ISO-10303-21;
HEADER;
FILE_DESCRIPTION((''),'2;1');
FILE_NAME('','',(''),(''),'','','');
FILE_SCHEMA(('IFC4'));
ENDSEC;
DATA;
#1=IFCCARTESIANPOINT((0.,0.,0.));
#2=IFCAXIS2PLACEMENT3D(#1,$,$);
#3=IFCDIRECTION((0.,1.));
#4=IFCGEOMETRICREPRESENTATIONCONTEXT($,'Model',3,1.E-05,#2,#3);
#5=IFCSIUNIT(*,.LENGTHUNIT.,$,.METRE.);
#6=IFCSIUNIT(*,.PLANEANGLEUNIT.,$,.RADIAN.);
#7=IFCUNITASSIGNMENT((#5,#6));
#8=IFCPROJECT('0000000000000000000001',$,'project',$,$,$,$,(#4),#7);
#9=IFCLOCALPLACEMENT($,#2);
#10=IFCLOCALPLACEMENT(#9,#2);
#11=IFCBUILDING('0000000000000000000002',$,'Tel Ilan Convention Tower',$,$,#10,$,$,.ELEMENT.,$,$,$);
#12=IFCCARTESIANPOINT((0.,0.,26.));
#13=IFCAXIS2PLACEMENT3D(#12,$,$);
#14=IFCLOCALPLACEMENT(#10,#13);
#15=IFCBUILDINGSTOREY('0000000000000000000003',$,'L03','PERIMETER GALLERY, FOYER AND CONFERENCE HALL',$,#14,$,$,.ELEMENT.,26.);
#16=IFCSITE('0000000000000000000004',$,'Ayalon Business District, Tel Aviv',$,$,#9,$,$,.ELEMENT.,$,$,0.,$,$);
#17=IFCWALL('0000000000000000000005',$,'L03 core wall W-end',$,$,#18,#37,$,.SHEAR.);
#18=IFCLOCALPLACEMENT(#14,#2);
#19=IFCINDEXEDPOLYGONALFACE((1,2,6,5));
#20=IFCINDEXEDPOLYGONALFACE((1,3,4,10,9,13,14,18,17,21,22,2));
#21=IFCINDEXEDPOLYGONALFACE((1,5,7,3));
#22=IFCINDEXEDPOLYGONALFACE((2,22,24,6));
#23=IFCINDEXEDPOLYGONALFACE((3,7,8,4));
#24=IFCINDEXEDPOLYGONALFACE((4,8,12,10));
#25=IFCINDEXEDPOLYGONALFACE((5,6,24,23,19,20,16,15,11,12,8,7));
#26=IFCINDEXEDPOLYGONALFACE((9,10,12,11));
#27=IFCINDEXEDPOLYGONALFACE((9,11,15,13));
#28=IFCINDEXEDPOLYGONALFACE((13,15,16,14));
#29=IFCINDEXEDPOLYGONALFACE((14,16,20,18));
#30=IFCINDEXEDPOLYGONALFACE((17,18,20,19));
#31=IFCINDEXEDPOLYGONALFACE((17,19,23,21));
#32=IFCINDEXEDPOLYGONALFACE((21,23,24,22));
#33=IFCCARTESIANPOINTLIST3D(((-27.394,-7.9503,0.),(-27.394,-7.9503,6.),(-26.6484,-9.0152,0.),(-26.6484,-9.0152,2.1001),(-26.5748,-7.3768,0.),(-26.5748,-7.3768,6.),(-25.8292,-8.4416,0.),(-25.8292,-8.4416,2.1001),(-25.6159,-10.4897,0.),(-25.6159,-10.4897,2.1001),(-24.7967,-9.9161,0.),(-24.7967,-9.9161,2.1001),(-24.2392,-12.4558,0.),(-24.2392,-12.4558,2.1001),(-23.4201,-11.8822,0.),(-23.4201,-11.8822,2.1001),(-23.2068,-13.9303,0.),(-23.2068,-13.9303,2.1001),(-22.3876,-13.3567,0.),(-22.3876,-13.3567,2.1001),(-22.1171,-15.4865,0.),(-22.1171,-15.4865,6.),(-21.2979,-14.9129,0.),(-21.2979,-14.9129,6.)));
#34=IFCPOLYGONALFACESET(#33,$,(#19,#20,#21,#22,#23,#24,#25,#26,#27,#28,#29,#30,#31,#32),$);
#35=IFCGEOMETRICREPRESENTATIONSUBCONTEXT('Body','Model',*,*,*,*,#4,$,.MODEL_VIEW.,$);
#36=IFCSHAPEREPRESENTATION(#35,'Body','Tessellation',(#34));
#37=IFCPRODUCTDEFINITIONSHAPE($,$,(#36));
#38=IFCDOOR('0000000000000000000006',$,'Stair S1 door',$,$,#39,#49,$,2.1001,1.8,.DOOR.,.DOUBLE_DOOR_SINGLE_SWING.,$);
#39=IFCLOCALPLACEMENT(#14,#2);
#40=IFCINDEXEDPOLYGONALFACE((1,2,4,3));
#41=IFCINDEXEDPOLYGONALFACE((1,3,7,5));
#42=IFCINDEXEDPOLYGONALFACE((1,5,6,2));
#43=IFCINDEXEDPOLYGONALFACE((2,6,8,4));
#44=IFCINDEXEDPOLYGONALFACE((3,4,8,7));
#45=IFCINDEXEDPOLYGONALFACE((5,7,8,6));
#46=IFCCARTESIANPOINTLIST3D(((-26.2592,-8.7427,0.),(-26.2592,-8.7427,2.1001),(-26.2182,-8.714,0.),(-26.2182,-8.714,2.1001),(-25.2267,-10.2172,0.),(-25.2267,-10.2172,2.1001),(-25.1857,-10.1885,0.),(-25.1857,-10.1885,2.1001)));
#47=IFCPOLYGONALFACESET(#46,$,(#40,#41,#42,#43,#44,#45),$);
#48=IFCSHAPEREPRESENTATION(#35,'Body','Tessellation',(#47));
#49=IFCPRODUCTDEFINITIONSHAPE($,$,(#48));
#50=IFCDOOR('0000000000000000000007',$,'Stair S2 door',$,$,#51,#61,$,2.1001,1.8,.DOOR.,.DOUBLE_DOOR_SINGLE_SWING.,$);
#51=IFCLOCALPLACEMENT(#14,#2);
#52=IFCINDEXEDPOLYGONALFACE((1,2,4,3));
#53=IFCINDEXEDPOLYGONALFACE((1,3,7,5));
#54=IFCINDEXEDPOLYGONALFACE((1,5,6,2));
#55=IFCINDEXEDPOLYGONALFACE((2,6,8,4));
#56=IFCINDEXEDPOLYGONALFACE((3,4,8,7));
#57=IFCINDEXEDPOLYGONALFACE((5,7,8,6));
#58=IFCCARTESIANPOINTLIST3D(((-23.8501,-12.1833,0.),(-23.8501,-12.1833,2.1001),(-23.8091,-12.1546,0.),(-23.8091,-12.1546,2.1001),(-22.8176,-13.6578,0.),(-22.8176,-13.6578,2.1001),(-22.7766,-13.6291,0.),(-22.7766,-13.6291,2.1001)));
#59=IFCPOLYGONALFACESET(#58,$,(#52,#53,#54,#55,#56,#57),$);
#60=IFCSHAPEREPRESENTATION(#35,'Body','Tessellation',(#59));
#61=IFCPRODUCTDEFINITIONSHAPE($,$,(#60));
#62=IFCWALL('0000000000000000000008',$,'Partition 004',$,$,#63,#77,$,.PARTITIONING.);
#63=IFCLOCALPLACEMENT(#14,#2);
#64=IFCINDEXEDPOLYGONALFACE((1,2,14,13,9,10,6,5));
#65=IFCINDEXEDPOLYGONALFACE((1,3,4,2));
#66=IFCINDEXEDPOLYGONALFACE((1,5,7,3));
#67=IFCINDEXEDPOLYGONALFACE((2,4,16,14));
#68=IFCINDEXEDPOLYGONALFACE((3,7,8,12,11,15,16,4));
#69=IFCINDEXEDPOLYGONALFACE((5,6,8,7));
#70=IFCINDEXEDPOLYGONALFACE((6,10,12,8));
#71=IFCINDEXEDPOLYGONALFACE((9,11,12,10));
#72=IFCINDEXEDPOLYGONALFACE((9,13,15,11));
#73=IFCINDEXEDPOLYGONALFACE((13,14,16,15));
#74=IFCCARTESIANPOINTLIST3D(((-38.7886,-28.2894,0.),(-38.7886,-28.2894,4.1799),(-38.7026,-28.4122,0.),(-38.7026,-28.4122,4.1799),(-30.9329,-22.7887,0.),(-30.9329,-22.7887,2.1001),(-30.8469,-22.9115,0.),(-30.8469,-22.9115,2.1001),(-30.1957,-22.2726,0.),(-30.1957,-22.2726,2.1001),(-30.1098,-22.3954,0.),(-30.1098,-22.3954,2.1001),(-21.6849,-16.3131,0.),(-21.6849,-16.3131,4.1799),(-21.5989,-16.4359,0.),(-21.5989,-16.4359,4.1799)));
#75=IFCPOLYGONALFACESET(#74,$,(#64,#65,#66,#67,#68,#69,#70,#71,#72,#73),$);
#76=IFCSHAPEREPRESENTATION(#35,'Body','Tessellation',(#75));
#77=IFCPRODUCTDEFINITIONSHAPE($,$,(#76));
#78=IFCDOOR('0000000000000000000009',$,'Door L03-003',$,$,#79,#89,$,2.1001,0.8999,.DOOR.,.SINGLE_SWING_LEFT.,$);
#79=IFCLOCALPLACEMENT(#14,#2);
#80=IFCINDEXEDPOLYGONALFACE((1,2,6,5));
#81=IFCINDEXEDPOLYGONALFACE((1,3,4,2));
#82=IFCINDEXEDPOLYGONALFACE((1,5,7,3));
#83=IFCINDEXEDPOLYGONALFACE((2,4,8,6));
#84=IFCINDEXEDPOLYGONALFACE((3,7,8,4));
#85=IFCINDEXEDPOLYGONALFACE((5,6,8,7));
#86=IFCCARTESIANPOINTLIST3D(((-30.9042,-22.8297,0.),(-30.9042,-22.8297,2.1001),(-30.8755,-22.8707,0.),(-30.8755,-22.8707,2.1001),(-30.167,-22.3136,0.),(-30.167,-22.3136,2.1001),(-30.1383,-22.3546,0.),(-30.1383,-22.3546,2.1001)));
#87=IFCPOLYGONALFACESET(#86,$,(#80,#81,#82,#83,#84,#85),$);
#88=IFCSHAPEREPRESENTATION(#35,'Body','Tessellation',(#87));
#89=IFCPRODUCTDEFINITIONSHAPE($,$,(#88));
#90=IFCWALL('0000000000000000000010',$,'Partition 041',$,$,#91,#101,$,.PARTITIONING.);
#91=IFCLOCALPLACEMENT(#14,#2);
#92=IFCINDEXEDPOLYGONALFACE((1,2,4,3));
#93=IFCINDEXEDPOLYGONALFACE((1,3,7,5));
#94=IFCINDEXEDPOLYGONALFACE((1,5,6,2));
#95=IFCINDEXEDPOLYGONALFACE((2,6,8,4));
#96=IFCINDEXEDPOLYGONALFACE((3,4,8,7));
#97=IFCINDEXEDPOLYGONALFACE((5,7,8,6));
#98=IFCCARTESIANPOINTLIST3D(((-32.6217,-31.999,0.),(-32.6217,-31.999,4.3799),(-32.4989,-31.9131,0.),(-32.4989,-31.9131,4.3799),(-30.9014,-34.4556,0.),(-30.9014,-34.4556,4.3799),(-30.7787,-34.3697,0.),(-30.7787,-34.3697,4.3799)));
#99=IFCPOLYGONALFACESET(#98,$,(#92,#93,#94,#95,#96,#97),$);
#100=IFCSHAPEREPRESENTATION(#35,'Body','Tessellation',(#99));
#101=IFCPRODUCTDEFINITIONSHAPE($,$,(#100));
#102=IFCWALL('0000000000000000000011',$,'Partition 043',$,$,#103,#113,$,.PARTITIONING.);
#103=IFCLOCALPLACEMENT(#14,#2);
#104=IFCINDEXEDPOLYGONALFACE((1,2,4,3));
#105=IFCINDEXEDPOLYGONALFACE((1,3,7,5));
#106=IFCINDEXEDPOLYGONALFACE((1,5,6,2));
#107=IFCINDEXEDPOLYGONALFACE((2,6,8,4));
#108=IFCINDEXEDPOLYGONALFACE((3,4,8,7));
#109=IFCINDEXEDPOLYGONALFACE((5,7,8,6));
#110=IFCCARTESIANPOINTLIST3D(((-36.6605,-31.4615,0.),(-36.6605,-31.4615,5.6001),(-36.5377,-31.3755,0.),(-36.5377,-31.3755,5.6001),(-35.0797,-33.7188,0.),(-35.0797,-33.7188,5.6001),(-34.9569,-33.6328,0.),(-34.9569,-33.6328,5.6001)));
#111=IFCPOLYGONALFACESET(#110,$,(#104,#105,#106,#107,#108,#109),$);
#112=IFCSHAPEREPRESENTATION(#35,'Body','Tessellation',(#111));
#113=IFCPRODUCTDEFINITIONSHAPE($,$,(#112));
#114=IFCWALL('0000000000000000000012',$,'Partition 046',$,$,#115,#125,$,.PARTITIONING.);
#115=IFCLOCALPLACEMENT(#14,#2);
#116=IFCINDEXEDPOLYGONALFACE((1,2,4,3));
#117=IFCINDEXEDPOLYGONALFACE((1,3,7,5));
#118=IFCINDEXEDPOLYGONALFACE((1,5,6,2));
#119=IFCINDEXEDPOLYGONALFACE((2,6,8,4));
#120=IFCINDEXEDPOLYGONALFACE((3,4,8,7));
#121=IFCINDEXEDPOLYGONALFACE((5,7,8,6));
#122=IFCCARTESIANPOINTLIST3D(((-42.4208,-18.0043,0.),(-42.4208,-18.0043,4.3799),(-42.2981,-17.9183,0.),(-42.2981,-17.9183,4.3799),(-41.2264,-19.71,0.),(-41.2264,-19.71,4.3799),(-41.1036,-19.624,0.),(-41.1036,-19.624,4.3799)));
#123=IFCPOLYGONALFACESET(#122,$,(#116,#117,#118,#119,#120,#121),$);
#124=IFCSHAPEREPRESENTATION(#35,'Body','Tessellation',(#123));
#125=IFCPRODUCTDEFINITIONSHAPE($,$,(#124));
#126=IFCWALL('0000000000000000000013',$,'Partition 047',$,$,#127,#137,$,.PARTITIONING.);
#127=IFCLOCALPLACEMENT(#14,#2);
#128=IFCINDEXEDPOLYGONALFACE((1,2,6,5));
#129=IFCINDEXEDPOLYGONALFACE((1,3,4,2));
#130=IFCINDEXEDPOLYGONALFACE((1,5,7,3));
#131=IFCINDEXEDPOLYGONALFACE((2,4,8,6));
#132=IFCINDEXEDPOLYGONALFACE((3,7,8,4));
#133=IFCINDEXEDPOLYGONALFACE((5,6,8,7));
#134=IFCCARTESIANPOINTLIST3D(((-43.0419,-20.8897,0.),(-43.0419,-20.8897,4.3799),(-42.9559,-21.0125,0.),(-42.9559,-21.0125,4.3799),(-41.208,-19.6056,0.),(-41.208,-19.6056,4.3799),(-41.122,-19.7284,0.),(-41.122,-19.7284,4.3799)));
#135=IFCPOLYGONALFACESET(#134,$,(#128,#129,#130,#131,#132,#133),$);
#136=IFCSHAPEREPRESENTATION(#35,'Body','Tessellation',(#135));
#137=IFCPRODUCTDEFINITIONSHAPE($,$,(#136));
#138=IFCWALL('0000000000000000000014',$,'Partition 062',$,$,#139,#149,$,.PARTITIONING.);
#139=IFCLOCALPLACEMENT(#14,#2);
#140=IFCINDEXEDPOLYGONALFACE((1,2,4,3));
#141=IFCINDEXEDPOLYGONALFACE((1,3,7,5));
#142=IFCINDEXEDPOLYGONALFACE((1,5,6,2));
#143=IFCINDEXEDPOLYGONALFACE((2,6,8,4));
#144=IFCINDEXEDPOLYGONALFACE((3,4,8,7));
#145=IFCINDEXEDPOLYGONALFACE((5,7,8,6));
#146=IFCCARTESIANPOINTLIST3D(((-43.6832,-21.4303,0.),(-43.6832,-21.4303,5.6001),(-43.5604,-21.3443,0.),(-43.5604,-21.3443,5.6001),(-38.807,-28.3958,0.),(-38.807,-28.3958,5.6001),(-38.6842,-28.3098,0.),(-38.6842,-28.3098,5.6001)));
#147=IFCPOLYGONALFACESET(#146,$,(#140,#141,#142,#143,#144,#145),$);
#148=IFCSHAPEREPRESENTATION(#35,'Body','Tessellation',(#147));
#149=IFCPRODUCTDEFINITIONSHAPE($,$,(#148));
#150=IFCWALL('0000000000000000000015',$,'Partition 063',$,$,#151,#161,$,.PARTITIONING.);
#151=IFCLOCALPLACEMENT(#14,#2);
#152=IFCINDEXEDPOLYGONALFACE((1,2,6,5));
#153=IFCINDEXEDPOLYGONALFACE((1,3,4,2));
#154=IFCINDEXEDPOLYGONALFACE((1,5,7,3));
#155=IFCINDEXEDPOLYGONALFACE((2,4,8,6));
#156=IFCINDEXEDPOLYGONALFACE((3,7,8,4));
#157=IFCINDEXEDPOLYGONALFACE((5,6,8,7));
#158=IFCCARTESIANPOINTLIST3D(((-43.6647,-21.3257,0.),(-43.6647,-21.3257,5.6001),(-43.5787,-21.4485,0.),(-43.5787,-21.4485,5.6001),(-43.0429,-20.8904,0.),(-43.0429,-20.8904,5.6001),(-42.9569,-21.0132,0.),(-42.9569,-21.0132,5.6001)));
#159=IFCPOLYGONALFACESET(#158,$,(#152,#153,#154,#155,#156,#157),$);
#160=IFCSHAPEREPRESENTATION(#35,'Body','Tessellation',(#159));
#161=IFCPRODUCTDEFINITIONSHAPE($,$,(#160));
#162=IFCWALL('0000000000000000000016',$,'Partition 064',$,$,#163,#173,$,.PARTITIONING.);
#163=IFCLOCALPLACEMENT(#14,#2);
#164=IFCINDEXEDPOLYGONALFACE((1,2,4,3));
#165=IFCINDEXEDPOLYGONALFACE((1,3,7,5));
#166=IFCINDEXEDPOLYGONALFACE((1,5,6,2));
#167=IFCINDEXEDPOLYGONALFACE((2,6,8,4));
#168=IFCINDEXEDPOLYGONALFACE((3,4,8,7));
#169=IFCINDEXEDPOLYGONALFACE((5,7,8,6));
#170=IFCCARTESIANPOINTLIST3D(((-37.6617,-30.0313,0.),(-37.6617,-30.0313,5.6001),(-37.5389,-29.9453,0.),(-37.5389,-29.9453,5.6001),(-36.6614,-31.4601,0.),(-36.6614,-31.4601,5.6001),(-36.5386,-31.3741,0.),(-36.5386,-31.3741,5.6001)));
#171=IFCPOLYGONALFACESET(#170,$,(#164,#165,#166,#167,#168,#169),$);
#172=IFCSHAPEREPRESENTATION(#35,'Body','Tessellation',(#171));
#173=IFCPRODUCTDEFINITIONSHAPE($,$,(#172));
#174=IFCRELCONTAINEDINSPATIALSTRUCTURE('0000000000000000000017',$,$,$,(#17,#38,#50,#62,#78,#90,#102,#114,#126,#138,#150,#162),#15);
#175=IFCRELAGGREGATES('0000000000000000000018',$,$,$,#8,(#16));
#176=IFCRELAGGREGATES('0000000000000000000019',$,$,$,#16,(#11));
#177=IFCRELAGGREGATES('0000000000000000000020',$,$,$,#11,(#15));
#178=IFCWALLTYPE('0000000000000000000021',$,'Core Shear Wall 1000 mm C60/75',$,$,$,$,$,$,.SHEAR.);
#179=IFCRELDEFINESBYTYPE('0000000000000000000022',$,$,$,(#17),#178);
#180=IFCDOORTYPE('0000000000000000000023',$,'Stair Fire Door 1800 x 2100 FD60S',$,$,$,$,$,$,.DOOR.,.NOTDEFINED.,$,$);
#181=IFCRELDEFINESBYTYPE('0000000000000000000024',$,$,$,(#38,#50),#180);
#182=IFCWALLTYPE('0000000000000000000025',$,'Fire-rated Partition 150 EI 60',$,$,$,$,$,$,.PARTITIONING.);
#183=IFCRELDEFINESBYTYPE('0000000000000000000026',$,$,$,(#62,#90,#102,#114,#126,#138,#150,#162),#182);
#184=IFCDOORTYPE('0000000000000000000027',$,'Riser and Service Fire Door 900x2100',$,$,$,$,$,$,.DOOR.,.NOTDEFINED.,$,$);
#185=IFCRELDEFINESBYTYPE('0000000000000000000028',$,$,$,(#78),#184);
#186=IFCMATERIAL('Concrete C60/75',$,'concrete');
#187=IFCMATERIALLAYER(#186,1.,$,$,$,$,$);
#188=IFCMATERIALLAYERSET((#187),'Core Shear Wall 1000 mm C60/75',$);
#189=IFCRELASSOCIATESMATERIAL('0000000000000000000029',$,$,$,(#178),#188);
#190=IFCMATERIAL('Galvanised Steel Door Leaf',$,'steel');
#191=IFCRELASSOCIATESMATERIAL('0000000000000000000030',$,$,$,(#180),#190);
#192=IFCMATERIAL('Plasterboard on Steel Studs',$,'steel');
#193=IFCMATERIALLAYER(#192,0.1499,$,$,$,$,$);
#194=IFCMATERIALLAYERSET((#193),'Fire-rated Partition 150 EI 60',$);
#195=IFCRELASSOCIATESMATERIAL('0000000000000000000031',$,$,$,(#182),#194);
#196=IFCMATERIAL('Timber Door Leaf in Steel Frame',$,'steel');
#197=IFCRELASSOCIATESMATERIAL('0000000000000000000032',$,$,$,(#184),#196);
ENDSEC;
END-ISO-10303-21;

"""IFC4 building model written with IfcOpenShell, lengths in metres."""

from ifc_helpers import new_model, si_unit, direction, frame, frame_2d, origin, place, context, subcontext, project, spatial, polyline, rectangle, outline, extrude, material, layer, layer_set, type_object, element, fill, save


model = new_model("IFC4")

# Units and contexts
model_context = context("Model", 3, precision=1e-05, world=origin(), true_north=direction((0.0, 1.0)))
body_context = subcontext(model_context, "Body", "Model", "MODEL_VIEW")
ifc_project = project(units=[si_unit("LENGTHUNIT", "METRE"), si_unit("PLANEANGLEUNIT", "RADIAN")], contexts=[model_context])

# Site, building, storey
site_placement = place(None, origin())
site = spatial("IfcSite", under=ifc_project, at=site_placement, Name="Ayalon Business District, Tel Aviv", CompositionType="ELEMENT", RefElevation=0.0)
building_placement = place(site_placement, origin())
building = spatial("IfcBuilding", under=site, at=building_placement, Name="Tel Ilan Convention Tower", CompositionType="ELEMENT")
storey_placement = place(building_placement, frame((0.0, 0.0, 26.0)))
storey = spatial("IfcBuildingStorey", under=building, at=storey_placement, Name="L03", Description="PERIMETER GALLERY, FOYER AND CONFERENCE HALL", CompositionType="ELEMENT", Elevation=26.0)

# Wall, openings, doors
ifc_material_1 = material(Name="Concrete C60/75", Category="concrete")
ifc_layer_1 = layer(ifc_material_1, 1.0)
ifc_layer_set_1 = layer_set([ifc_layer_1], Name="Core Shear Wall 1000 mm C60/75")
wall_type_1 = type_object("IfcWallType", Name="Core Shear Wall 1000 mm C60/75", PredefinedType="SHEAR", material=ifc_layer_set_1)
wall_1_placement = place(storey_placement, frame((-21.7075, -15.1997, 0.0), z_axis=(0.0, 0.0, 1.0), x_axis=(-0.573576, 0.819152, 0.0)))
wall_1 = element("IfcWall", 1, at=wall_1_placement, inside=storey, type_object=wall_type_1, Name="L03 core wall W-end", PredefinedType="SHEAR", context=body_context, shape_type="SweptSolid", body=[
    extrude(outline(polyline([(0.0, 0.5), (0.0, -0.5), (9.2, -0.5), (9.2, 0.5), (0.0, 0.5)])), origin(), (0.0, 0.0, 1.0), 6.0),
])
opening_1_placement = place(wall_1_placement, frame((6.1001, 0.0, 0.0)))
opening_1 = element("IfcOpeningElement", 2, at=opening_1_placement, cuts=wall_1, PredefinedType="OPENING", context=body_context, shape_type="SweptSolid", body=[
    extrude(rectangle(XDim=1.8, YDim=2.1001, at=frame_2d((0.8999, 1.05))), frame((0.0, 0.51, 0.0), z_axis=(0.0, -1.0, 0.0), x_axis=(1.0, 0.0, 0.0)), (0.0, 0.0, 1.0), 1.02),
])
opening_2_placement = place(wall_1_placement, frame((1.8999, 0.0, 0.0)))
opening_2 = element("IfcOpeningElement", 3, at=opening_2_placement, cuts=wall_1, PredefinedType="OPENING", context=body_context, shape_type="SweptSolid", body=[
    extrude(rectangle(XDim=1.8, YDim=2.1001, at=frame_2d((0.8999, 1.05))), frame((0.0, 0.51, 0.0), z_axis=(0.0, -1.0, 0.0), x_axis=(1.0, 0.0, 0.0)), (0.0, 0.0, 1.0), 1.02),
])
ifc_material_2 = material(Name="Galvanised Steel Door Leaf", Category="steel")
door_type_1 = type_object("IfcDoorType", Name="Stair Fire Door 1800 x 2100 FD60S", OperationType="NOTDEFINED", PredefinedType="DOOR", material=ifc_material_2)
door_1_placement = place(opening_1_placement, origin())
door_1 = element("IfcDoor", 4, at=door_1_placement, inside=storey, type_object=door_type_1, Name="Stair S1 door", OperationType="DOUBLE_DOOR_SINGLE_SWING", OverallHeight=2.1001, OverallWidth=1.8, PredefinedType="DOOR", context=body_context, shape_type="SweptSolid", body=[
    extrude(rectangle(XDim=1.8, YDim=2.1001, at=frame_2d((0.8999, 1.05))), frame((0.0, 0.0249, 0.0), z_axis=(0.0, -1.0, 0.0), x_axis=(1.0, 0.0, 0.0)), (0.0, 0.0, 1.0), 0.05),
])
fill(opening_1, door_1)
door_2_placement = place(opening_2_placement, origin())
door_2 = element("IfcDoor", 5, at=door_2_placement, inside=storey, type_object=door_type_1, Name="Stair S2 door", OperationType="DOUBLE_DOOR_SINGLE_SWING", OverallHeight=2.1001, OverallWidth=1.8, PredefinedType="DOOR", context=body_context, shape_type="SweptSolid", body=[
    extrude(rectangle(XDim=1.8, YDim=2.1001, at=frame_2d((0.8999, 1.05))), frame((0.0, 0.0249, 0.0), z_axis=(0.0, -1.0, 0.0), x_axis=(1.0, 0.0, 0.0)), (0.0, 0.0, 1.0), 0.05),
])
fill(opening_2, door_2)

# Wall, opening, door
ifc_material_3 = material(Name="Plasterboard on Steel Studs", Category="steel")
ifc_layer_2 = layer(ifc_material_3, 0.1499)
ifc_layer_set_2 = layer_set([ifc_layer_2], Name="Fire-rated Partition 150 EI 60")
wall_type_2 = type_object("IfcWallType", Name="Fire-rated Partition 150 EI 60", PredefinedType="PARTITIONING", material=ifc_layer_set_2)
wall_2_placement = place(storey_placement, frame((-38.7456, -28.3508, 0.0), z_axis=(0.0, 0.0, 1.0), x_axis=(0.819149, 0.573581, 0.0)))
wall_2 = element("IfcWall", 6, at=wall_2_placement, inside=storey, type_object=wall_type_2, Name="Partition 004", PredefinedType="PARTITIONING", context=body_context, shape_type="SweptSolid", body=[
    extrude(rectangle(XDim=20.8799, YDim=0.1499, at=frame_2d((10.4399, 0.0))), origin(), (0.0, 0.0, 1.0), 4.1799),
])
opening_3_placement = place(wall_2_placement, frame((9.5901, 0.0, 0.0)))
opening_3 = element("IfcOpeningElement", 7, at=opening_3_placement, cuts=wall_2, PredefinedType="OPENING", context=body_context, shape_type="SweptSolid", body=[
    extrude(rectangle(XDim=0.8999, YDim=2.1001, at=frame_2d((0.45, 1.05))), frame((0.0, 0.085, 0.0), z_axis=(0.0, -1.0, 0.0), x_axis=(1.0, 0.0, 0.0)), (0.0, 0.0, 1.0), 0.1699),
])
ifc_material_4 = material(Name="Timber Door Leaf in Steel Frame", Category="steel")
door_type_2 = type_object("IfcDoorType", Name="Riser and Service Fire Door 900x2100", OperationType="NOTDEFINED", PredefinedType="DOOR", material=ifc_material_4)
door_3_placement = place(opening_3_placement, origin())
door_3 = element("IfcDoor", 8, at=door_3_placement, inside=storey, type_object=door_type_2, Name="Door L03-003", OperationType="SINGLE_SWING_LEFT", OverallHeight=2.1001, OverallWidth=0.8999, PredefinedType="DOOR", context=body_context, shape_type="SweptSolid", body=[
    extrude(rectangle(XDim=0.8999, YDim=2.1001, at=frame_2d((0.45, 1.05))), frame((0.0, 0.0249, 0.0), z_axis=(0.0, -1.0, 0.0), x_axis=(1.0, 0.0, 0.0)), (0.0, 0.0, 1.0), 0.05),
])
fill(opening_3, door_3)

# Walls
wall_3_placement = place(storey_placement, frame((-32.5603, -31.9561, 0.0), z_axis=(0.0, 0.0, 1.0), x_axis=(0.573604, -0.819132, 0.0)))
element("IfcWall", 9, at=wall_3_placement, inside=storey, type_object=wall_type_2, Name="Partition 041", PredefinedType="PARTITIONING", context=body_context, shape_type="SweptSolid", body=[
    extrude(rectangle(XDim=2.999, YDim=0.1499, at=frame_2d((1.4995, 0.0))), origin(), (0.0, 0.0, 1.0), 4.3799),
])
wall_4_placement = place(storey_placement, frame((-36.5991, -31.4185, 0.0), z_axis=(0.0, 0.0, 1.0), x_axis=(0.573629, -0.819115, 0.0)))
element("IfcWall", 10, at=wall_4_placement, inside=storey, type_object=wall_type_2, Name="Partition 043", PredefinedType="PARTITIONING", context=body_context, shape_type="SweptSolid", body=[
    extrude(rectangle(XDim=2.7559, YDim=0.1499, at=frame_2d((1.3779, 0.0))), origin(), (0.0, 0.0, 1.0), 5.6001),
])
wall_5_placement = place(storey_placement, frame((-42.3594, -17.9614, 0.0), z_axis=(0.0, 0.0, 1.0), x_axis=(0.573604, -0.819133, 0.0)))
element("IfcWall", 11, at=wall_5_placement, inside=storey, type_object=wall_type_2, Name="Partition 046", PredefinedType="PARTITIONING", context=body_context, shape_type="SweptSolid", body=[
    extrude(rectangle(XDim=2.0823, YDim=0.1499, at=frame_2d((1.041, 0.0))), origin(), (0.0, 0.0, 1.0), 4.3799),
])
wall_6_placement = place(storey_placement, frame((-41.165, -19.667, 0.0), z_axis=(0.0, 0.0, 1.0), x_axis=(-0.81915, -0.573579, 0.0)))
element("IfcWall", 12, at=wall_6_placement, inside=storey, type_object=wall_type_2, Name="Partition 047", PredefinedType="PARTITIONING", context=body_context, shape_type="SweptSolid", body=[
    extrude(rectangle(XDim=2.2388, YDim=0.1499, at=frame_2d((1.1194, 0.0))), origin(), (0.0, 0.0, 1.0), 4.3799),
])
wall_7_placement = place(storey_placement, frame((-43.6218, -21.3872, 0.0), z_axis=(0.0, 0.0, 1.0), x_axis=(0.573487, -0.819214, 0.0)))
element("IfcWall", 13, at=wall_7_placement, inside=storey, type_object=wall_type_2, Name="Partition 062", PredefinedType="PARTITIONING", context=body_context, shape_type="SweptSolid", body=[
    extrude(rectangle(XDim=8.5027, YDim=0.1499, at=frame_2d((4.2515, 0.0))), origin(), (0.0, 0.0, 1.0), 5.6001),
])
wall_8_placement = place(storey_placement, frame((-43.0, -20.9519, 0.0), z_axis=(0.0, 0.0, 1.0), x_axis=(-0.819217, -0.573484, 0.0)))
element("IfcWall", 14, at=wall_8_placement, inside=storey, type_object=wall_type_2, Name="Partition 063", PredefinedType="PARTITIONING", context=body_context, shape_type="SweptSolid", body=[
    extrude(rectangle(XDim=0.759, YDim=0.1499, at=frame_2d((0.3794, 0.0))), origin(), (0.0, 0.0, 1.0), 5.6001),
])
wall_9_placement = place(storey_placement, frame((-37.6003, -29.9883, 0.0), z_axis=(0.0, 0.0, 1.0), x_axis=(0.573519, -0.819192, 0.0)))
element("IfcWall", 15, at=wall_9_placement, inside=storey, type_object=wall_type_2, Name="Partition 064", PredefinedType="PARTITIONING", context=body_context, shape_type="SweptSolid", body=[
    extrude(rectangle(XDim=1.7441, YDim=0.1499, at=frame_2d((0.8721, 0.0))), origin(), (0.0, 0.0, 1.0), 5.6001),
])

save(model, "model.ifc")
